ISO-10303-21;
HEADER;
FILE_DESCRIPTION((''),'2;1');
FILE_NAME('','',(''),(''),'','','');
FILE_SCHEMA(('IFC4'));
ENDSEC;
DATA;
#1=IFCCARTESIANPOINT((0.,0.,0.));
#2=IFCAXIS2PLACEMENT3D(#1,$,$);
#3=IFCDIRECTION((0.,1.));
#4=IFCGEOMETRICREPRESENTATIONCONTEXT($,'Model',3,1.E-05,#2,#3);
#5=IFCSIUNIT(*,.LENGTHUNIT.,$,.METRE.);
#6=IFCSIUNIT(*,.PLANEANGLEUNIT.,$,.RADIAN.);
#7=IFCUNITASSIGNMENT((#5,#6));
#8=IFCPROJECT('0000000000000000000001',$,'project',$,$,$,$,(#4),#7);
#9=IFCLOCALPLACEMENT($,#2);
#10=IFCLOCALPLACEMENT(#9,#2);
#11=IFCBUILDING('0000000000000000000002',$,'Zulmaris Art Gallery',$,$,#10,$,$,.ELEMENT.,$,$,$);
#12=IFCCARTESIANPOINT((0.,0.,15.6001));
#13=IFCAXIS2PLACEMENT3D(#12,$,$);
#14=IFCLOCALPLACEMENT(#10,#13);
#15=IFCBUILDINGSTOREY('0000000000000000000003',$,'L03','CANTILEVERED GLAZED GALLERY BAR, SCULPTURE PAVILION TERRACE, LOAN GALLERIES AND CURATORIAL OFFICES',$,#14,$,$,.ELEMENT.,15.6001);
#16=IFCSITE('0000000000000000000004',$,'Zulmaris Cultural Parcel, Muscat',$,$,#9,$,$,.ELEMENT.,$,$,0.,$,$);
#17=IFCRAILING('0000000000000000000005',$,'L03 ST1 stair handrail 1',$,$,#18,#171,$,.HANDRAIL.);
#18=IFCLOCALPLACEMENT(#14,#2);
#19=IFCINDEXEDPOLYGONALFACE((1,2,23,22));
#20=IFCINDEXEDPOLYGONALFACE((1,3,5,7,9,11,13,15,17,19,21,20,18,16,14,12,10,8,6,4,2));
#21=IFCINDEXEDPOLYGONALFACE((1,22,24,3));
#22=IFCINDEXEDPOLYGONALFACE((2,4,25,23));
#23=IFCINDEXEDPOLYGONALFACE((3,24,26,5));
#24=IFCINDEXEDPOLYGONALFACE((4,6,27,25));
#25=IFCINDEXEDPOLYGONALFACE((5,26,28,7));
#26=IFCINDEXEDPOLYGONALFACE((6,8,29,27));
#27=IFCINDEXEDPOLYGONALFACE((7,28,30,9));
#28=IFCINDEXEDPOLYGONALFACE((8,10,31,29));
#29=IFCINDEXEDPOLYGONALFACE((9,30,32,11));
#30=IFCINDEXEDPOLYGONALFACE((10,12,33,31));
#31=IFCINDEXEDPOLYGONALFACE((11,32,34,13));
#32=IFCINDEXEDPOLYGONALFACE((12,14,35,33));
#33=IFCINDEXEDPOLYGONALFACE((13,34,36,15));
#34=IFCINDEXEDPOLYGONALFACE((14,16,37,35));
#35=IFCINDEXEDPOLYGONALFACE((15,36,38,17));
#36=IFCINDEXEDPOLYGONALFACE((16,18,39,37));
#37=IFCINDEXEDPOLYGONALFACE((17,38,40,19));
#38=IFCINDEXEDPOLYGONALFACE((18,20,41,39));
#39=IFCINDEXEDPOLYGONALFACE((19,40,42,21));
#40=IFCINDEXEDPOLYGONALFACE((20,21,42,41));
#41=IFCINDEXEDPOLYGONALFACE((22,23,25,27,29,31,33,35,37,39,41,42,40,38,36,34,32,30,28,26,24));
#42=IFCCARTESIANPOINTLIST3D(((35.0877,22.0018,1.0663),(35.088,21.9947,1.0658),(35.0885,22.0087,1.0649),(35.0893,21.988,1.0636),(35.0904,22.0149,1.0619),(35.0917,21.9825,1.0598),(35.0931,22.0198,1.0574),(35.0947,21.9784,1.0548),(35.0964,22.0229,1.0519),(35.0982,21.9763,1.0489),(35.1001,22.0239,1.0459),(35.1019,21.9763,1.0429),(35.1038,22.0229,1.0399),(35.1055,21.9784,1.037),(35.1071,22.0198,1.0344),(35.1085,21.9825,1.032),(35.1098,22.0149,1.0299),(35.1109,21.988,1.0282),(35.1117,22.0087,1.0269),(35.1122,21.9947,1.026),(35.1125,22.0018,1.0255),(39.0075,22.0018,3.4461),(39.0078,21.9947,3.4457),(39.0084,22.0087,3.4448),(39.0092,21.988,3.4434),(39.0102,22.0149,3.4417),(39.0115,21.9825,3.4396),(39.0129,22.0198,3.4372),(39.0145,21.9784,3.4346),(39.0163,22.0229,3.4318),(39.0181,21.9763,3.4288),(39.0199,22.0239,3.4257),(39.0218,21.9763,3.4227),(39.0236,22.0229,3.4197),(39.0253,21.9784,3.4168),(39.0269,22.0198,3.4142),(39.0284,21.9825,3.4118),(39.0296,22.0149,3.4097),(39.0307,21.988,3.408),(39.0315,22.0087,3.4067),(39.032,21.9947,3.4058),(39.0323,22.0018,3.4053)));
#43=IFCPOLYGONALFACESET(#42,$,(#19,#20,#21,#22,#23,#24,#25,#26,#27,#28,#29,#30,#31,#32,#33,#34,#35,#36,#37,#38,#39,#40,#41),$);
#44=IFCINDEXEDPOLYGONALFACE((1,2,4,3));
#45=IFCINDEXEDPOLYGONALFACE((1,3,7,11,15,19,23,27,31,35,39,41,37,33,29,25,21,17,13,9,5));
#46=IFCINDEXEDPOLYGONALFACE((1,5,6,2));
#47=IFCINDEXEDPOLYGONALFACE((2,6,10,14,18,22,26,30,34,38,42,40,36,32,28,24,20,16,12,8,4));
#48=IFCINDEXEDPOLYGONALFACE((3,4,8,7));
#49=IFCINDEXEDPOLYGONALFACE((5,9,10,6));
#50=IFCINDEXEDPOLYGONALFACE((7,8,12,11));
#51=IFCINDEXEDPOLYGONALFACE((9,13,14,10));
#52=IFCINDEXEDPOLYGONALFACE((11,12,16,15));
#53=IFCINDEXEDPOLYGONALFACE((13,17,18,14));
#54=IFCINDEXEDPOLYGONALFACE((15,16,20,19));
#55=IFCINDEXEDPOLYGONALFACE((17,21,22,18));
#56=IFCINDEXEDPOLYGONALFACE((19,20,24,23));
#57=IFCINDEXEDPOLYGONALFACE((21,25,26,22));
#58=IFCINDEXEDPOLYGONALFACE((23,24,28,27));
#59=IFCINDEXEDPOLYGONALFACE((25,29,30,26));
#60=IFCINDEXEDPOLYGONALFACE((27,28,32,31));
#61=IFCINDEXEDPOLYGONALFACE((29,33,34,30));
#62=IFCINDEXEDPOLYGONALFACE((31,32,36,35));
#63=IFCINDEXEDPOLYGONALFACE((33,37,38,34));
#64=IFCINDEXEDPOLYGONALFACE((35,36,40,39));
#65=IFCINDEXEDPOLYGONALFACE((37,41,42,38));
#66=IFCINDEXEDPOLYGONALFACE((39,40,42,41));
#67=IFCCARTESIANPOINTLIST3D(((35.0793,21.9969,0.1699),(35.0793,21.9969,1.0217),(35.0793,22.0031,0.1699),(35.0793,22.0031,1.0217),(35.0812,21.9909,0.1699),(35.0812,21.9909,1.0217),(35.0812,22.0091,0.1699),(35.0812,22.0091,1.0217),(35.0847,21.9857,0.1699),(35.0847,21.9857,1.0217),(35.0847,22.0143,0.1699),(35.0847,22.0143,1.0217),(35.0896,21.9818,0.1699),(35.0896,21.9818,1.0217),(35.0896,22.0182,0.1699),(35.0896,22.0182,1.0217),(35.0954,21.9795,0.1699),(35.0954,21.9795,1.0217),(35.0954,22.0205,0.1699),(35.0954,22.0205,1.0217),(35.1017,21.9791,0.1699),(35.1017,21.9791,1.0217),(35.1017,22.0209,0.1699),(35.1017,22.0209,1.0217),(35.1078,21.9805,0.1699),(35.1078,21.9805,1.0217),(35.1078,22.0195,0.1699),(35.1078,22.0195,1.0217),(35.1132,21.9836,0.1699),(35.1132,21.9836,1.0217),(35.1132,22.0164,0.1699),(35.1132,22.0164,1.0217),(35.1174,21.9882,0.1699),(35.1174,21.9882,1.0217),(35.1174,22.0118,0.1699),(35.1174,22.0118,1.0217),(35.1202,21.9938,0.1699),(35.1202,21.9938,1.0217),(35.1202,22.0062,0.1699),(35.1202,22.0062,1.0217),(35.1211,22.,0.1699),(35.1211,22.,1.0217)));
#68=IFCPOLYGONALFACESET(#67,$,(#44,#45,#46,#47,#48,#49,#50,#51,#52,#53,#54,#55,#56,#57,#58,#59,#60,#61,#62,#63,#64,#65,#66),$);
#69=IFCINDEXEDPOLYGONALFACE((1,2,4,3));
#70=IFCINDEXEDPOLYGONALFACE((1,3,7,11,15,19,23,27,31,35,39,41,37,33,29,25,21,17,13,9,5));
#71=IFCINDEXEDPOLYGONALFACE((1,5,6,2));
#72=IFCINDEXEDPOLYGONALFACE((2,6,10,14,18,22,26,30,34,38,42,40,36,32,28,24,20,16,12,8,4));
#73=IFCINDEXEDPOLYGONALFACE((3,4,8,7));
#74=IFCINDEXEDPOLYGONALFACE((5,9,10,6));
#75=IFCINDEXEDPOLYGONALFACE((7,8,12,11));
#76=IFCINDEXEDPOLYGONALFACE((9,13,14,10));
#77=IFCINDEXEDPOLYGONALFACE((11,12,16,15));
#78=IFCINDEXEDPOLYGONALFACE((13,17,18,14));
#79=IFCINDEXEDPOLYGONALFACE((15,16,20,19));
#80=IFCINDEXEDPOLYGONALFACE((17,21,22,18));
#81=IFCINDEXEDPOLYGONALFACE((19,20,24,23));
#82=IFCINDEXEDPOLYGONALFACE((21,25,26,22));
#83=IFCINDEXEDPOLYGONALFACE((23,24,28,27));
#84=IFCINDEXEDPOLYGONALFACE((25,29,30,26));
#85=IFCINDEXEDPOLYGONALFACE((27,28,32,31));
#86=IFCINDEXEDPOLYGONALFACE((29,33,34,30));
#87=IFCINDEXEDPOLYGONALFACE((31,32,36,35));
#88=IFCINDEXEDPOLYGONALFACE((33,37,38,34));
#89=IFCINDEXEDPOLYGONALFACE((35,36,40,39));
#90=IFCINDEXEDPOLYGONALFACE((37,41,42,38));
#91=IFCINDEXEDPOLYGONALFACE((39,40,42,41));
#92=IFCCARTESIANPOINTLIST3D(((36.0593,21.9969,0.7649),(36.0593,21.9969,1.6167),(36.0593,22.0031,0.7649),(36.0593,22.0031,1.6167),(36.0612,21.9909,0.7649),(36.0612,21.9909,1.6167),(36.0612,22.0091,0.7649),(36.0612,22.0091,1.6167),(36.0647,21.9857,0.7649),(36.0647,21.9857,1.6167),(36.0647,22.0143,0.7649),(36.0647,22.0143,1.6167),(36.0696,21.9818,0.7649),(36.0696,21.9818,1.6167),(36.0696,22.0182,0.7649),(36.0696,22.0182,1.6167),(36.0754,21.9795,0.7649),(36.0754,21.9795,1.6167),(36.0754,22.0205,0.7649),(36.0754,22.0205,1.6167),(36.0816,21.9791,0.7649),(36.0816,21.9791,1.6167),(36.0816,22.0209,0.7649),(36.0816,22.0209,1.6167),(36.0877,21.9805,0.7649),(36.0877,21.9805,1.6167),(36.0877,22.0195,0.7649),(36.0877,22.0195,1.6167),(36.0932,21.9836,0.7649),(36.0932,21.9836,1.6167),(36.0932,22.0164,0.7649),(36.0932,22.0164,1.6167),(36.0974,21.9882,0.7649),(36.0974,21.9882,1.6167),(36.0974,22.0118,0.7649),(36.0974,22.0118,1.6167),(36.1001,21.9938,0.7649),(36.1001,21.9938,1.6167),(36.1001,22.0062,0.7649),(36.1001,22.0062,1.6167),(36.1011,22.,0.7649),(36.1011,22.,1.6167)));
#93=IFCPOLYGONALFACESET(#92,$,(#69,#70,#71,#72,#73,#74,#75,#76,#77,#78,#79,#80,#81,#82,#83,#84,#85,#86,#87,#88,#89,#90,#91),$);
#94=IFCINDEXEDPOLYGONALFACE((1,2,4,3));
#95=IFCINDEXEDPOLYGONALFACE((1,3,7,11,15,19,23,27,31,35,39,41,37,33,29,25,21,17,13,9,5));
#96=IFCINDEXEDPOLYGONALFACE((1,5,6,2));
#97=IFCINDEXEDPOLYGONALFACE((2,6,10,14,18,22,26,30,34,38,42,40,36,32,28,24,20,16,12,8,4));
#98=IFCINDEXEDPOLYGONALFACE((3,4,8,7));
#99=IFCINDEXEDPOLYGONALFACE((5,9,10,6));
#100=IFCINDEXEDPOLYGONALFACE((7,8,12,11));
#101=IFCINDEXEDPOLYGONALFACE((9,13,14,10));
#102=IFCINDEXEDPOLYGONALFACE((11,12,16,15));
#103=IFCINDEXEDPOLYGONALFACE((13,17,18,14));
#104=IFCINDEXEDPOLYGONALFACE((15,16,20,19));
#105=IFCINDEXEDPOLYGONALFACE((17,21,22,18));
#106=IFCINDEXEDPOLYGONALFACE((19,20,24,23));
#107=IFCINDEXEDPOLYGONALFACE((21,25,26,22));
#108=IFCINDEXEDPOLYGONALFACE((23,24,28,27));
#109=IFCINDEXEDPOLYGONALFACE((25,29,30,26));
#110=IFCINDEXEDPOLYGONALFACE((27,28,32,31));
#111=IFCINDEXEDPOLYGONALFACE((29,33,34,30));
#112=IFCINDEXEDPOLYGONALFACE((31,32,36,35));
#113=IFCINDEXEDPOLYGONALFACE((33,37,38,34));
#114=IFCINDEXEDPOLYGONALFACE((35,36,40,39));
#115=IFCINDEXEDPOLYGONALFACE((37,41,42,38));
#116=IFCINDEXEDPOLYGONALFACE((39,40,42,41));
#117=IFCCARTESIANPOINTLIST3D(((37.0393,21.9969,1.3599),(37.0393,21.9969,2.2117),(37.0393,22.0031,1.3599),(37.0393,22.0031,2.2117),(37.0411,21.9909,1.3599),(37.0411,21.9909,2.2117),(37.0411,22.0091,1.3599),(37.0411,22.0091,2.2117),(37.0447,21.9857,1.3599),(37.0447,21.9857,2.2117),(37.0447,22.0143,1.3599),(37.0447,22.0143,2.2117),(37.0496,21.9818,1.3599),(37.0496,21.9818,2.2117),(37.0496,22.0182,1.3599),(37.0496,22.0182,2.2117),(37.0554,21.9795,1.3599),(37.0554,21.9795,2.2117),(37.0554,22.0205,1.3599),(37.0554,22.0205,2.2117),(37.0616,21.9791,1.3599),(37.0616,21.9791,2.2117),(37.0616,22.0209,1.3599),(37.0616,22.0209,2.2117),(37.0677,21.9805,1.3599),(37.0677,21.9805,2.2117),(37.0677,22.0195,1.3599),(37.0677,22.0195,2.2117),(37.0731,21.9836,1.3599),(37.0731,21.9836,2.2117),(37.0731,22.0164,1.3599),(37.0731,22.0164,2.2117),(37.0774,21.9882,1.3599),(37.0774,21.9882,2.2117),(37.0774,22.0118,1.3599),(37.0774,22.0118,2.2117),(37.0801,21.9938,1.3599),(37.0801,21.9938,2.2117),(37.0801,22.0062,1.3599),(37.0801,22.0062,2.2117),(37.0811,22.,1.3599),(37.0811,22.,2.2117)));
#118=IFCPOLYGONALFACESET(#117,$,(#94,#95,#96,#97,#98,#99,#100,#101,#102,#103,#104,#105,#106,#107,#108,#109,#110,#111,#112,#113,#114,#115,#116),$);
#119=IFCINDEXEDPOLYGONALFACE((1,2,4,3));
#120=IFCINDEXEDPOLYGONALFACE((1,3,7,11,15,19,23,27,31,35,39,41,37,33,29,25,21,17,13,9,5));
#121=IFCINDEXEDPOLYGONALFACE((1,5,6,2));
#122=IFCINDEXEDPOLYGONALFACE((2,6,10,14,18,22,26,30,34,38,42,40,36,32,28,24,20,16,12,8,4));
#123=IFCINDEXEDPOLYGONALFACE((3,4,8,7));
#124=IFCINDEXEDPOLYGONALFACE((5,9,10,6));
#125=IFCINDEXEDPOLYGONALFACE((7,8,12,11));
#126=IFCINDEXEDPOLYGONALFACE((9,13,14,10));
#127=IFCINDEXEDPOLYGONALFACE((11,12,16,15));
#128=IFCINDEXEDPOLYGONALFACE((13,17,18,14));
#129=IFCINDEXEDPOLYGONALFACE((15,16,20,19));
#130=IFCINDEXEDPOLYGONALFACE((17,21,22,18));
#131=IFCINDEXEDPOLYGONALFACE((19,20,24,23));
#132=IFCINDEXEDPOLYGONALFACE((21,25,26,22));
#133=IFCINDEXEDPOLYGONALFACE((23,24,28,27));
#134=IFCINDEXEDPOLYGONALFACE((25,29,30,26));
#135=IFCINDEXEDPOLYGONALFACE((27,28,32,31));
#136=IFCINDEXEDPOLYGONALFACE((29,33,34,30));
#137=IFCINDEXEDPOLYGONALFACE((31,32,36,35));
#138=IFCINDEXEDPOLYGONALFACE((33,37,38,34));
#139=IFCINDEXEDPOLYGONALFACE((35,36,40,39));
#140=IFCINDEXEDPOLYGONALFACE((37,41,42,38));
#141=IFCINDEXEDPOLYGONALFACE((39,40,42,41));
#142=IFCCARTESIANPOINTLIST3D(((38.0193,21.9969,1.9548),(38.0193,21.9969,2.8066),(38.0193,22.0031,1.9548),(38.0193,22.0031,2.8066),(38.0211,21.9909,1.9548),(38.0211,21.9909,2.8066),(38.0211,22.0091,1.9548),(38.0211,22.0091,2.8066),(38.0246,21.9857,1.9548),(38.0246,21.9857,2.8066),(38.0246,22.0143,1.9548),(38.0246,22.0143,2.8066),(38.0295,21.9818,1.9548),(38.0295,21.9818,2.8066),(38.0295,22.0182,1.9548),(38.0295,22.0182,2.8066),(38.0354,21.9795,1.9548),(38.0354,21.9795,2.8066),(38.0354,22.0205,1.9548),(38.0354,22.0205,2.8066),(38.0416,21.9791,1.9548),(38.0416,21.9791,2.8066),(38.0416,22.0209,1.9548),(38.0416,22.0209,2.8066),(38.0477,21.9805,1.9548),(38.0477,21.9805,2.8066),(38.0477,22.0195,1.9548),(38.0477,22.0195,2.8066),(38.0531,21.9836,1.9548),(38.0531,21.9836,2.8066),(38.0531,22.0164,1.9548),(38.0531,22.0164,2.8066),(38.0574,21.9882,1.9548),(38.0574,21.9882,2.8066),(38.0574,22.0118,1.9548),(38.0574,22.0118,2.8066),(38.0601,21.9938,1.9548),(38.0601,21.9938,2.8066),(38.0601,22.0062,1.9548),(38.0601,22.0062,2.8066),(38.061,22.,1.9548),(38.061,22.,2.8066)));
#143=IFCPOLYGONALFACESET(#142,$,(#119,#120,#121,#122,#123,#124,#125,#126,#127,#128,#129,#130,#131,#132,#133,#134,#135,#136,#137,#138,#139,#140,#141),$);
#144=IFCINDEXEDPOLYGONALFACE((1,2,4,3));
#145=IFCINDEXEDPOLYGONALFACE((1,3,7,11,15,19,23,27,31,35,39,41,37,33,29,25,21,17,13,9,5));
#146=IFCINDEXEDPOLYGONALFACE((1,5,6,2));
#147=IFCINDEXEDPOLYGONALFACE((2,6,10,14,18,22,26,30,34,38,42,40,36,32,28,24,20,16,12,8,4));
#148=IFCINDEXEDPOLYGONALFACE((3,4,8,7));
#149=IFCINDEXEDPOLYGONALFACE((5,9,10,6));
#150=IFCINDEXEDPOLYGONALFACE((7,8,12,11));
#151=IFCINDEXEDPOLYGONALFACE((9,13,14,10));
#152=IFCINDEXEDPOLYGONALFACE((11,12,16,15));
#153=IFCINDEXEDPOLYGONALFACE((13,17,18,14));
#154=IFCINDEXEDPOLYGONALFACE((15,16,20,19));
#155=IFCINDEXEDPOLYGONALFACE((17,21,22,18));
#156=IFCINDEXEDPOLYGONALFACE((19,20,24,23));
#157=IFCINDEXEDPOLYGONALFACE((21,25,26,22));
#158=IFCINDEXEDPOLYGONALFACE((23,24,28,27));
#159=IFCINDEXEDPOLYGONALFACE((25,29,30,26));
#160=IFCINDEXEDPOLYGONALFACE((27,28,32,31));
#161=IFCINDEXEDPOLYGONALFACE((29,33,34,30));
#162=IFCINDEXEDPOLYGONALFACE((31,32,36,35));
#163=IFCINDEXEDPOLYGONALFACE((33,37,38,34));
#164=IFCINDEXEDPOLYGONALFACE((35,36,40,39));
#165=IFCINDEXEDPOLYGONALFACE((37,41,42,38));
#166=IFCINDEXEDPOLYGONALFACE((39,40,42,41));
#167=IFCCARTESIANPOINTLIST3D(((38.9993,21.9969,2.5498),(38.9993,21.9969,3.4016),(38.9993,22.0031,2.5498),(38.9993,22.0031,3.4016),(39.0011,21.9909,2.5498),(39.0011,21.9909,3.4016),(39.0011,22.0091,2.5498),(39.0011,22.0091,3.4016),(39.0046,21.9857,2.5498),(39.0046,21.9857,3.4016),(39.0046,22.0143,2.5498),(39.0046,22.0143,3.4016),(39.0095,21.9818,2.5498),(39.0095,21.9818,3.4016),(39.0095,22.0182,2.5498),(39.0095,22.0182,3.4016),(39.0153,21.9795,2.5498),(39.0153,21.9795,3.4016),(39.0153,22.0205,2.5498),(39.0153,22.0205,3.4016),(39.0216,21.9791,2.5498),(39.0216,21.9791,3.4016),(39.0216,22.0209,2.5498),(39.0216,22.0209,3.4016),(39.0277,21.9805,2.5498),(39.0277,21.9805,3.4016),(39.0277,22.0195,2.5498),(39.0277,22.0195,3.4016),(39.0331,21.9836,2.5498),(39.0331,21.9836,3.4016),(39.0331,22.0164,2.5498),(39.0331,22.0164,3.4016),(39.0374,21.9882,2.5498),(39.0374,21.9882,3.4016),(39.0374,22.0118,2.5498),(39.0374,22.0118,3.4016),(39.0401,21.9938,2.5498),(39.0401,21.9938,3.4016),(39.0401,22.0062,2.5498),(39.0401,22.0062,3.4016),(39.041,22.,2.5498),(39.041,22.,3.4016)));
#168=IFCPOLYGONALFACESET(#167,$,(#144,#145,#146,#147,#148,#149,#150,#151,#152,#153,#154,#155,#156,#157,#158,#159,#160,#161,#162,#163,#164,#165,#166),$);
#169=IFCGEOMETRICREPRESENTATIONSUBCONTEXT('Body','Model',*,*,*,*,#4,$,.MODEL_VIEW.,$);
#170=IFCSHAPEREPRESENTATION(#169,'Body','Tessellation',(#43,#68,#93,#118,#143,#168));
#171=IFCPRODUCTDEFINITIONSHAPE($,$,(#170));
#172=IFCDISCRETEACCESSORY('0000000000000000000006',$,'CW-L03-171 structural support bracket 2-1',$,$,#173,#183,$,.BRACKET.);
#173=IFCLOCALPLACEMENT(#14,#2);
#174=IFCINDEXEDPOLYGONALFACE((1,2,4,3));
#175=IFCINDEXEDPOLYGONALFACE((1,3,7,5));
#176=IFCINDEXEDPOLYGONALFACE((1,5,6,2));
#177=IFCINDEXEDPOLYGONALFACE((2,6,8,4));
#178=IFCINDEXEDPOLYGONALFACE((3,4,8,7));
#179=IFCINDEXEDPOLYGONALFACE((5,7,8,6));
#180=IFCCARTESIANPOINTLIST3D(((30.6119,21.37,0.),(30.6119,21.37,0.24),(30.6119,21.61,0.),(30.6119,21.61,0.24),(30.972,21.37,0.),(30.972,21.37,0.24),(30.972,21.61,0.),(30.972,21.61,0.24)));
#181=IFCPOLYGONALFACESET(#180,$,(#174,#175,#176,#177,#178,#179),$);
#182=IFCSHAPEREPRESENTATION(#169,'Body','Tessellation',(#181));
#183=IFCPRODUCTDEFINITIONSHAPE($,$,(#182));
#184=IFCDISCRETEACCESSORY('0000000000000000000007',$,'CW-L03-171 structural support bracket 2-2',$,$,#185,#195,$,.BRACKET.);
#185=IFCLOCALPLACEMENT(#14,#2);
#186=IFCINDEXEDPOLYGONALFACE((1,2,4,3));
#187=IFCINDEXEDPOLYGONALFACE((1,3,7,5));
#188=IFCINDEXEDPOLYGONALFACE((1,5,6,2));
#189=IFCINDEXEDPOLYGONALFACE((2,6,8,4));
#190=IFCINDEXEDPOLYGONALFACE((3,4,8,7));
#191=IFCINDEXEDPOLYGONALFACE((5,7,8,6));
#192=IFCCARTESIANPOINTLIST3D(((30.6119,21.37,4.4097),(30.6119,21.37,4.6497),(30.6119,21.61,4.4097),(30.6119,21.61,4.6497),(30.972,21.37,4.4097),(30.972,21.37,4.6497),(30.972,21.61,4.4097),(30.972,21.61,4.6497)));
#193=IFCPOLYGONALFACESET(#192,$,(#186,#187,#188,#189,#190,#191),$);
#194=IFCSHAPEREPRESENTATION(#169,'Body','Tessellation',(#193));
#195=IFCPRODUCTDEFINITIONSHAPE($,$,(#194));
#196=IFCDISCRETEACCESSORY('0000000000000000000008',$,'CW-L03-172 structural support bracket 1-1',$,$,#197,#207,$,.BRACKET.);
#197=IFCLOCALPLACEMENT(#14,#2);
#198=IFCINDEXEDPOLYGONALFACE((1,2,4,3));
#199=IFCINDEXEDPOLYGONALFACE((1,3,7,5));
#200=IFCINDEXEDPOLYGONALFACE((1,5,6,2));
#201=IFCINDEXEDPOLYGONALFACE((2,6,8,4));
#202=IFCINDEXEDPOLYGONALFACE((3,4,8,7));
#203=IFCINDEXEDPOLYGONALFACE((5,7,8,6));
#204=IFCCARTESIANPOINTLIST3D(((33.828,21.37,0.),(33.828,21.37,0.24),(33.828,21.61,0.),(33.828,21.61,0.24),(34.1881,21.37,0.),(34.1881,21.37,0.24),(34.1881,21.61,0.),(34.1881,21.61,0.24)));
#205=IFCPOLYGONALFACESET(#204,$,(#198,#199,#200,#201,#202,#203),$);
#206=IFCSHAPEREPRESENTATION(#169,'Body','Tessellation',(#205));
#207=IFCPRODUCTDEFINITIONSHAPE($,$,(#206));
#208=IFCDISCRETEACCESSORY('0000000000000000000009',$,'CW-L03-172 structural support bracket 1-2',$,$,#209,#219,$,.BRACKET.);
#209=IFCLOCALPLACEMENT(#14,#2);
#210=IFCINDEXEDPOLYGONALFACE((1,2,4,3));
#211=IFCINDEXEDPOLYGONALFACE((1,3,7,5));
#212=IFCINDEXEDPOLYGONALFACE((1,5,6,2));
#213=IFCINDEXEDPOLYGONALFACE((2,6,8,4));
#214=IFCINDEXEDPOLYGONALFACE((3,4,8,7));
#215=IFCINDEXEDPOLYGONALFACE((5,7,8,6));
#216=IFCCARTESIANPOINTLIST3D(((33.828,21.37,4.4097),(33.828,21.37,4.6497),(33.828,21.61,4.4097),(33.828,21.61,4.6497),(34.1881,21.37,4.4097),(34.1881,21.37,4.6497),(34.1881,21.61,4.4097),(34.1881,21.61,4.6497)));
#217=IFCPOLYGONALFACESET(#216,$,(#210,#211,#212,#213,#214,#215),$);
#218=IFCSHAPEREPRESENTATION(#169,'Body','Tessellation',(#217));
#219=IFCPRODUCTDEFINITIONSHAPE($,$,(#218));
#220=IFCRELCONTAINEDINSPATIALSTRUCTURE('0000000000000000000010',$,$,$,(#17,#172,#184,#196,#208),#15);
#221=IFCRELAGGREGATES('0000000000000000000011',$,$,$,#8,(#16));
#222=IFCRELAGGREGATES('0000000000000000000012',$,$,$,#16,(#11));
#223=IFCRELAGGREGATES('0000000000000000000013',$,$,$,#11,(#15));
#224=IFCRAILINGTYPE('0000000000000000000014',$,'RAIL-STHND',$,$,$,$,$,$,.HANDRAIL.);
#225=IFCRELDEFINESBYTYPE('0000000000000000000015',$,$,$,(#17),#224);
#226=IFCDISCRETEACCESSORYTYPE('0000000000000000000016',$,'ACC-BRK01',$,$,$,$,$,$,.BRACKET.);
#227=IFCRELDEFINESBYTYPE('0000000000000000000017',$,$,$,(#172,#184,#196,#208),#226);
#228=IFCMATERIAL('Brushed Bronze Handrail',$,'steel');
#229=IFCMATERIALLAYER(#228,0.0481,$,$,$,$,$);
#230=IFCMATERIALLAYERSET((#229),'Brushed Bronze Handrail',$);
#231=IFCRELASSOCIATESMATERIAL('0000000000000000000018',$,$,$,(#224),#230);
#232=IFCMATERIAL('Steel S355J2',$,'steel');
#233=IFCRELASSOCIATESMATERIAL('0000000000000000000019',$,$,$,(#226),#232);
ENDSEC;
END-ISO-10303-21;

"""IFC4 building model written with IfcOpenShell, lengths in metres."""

from ifc_helpers import new_model, si_unit, direction, frame, origin, origin_2d, place, context, subcontext, project, spatial, rectangle, circle, extrude, material, layer, layer_set, type_object, element, save


model = new_model("IFC4")

# Units and contexts
model_context = context("Model", 3, precision=1e-05, world=origin(), true_north=direction((0.0, 1.0)))
body_context = subcontext(model_context, "Body", "Model", "MODEL_VIEW")
ifc_project = project(units=[si_unit("LENGTHUNIT", "METRE"), si_unit("PLANEANGLEUNIT", "RADIAN")], contexts=[model_context])

# Site, building, storey
site_placement = place(None, origin())
site = spatial("IfcSite", under=ifc_project, at=site_placement, Name="Zulmaris Cultural Parcel, Muscat", CompositionType="ELEMENT", RefElevation=0.0)
building_placement = place(site_placement, origin())
building = spatial("IfcBuilding", under=site, at=building_placement, Name="Zulmaris Art Gallery", CompositionType="ELEMENT")
storey_placement = place(building_placement, frame((0.0, 0.0, 15.6001)))
storey = spatial("IfcBuildingStorey", under=building, at=storey_placement, Name="L03", Description="CANTILEVERED GLAZED GALLERY BAR, SCULPTURE PAVILION TERRACE, LOAN GALLERIES AND CURATORIAL OFFICES", CompositionType="ELEMENT", Elevation=15.6001)

# Shared definitions
ifc_material_1 = material(Name="Steel S355J2", Category="steel")

# Railing
ifc_material_2 = material(Name="Brushed Bronze Handrail", Category="steel")
ifc_layer_1 = layer(ifc_material_2, 0.0481)
ifc_layer_set_1 = layer_set([ifc_layer_1], Name="Brushed Bronze Handrail")
railing_type_1 = type_object("IfcRailingType", Name="RAIL-STHND", PredefinedType="HANDRAIL", material=ifc_layer_set_1)
railing_1_placement = place(storey_placement, frame((35.1001, 22.0, 0.1699)))
element("IfcRailing", 1, at=railing_1_placement, inside=storey, type_object=railing_type_1, Name="L03 ST1 stair handrail 1", PredefinedType="HANDRAIL", context=body_context, shape_type="SweptSolid", body=[
    extrude(circle(Radius=0.0239, at=origin_2d()), frame((0.0, 0.0, 0.876), z_axis=(0.854794, 0.0, 0.518967), x_axis=(0.0, 1.0, 0.0)), (0.0, 0.0, 1.0), 4.5857),
    extrude(circle(Radius=0.021, at=origin_2d()), origin(), (0.0, 0.0, 1.0), 0.8518),
    extrude(circle(Radius=0.021, at=origin_2d()), frame((0.98, 0.0, 0.595)), (0.0, 0.0, 1.0), 0.8518),
    extrude(circle(Radius=0.021, at=origin_2d()), frame((1.96, 0.0, 1.1899)), (0.0, 0.0, 1.0), 0.8518),
    extrude(circle(Radius=0.021, at=origin_2d()), frame((2.9399, 0.0, 1.7849)), (0.0, 0.0, 1.0), 0.8518),
    extrude(circle(Radius=0.021, at=origin_2d()), frame((3.9199, 0.0, 2.3799)), (0.0, 0.0, 1.0), 0.8518),
])

# Discrete accessories
discrete_accessory_type = type_object("IfcDiscreteAccessoryType", Name="ACC-BRK01", PredefinedType="BRACKET", material=ifc_material_1)
for number, where, z_axis, x_axis, name in (
    (2, (30.792, 21.49, 0.0), (0.0, 0.0, 1.0), (1.0, 0.0, 0.0), "CW-L03-171 structural support bracket 2-1"),
    (3, (30.792, 21.49, 4.4097), (0.0, 0.0, 1.0), (1.0, 0.0, 0.0), "CW-L03-171 structural support bracket 2-2"),
    (4, (34.0081, 21.49, 0.0), (0.0, 0.0, 1.0), (1.0, 0.0, 0.0), "CW-L03-172 structural support bracket 1-1"),
    (5, (34.0081, 21.49, 4.4097), (0.0, 0.0, 1.0), (1.0, 0.0, 0.0), "CW-L03-172 structural support bracket 1-2"),
):
    element("IfcDiscreteAccessory", number, at=place(storey_placement, frame(where, z_axis=z_axis, x_axis=x_axis)), inside=storey, type_object=discrete_accessory_type, Name=name, PredefinedType="BRACKET", context=body_context, shape_type="SweptSolid", body=[
        extrude(rectangle(XDim=0.3601, YDim=0.24, at=origin_2d()), origin(), (0.0, 0.0, 1.0), 0.24),
    ])

save(model, "model.ifc")
